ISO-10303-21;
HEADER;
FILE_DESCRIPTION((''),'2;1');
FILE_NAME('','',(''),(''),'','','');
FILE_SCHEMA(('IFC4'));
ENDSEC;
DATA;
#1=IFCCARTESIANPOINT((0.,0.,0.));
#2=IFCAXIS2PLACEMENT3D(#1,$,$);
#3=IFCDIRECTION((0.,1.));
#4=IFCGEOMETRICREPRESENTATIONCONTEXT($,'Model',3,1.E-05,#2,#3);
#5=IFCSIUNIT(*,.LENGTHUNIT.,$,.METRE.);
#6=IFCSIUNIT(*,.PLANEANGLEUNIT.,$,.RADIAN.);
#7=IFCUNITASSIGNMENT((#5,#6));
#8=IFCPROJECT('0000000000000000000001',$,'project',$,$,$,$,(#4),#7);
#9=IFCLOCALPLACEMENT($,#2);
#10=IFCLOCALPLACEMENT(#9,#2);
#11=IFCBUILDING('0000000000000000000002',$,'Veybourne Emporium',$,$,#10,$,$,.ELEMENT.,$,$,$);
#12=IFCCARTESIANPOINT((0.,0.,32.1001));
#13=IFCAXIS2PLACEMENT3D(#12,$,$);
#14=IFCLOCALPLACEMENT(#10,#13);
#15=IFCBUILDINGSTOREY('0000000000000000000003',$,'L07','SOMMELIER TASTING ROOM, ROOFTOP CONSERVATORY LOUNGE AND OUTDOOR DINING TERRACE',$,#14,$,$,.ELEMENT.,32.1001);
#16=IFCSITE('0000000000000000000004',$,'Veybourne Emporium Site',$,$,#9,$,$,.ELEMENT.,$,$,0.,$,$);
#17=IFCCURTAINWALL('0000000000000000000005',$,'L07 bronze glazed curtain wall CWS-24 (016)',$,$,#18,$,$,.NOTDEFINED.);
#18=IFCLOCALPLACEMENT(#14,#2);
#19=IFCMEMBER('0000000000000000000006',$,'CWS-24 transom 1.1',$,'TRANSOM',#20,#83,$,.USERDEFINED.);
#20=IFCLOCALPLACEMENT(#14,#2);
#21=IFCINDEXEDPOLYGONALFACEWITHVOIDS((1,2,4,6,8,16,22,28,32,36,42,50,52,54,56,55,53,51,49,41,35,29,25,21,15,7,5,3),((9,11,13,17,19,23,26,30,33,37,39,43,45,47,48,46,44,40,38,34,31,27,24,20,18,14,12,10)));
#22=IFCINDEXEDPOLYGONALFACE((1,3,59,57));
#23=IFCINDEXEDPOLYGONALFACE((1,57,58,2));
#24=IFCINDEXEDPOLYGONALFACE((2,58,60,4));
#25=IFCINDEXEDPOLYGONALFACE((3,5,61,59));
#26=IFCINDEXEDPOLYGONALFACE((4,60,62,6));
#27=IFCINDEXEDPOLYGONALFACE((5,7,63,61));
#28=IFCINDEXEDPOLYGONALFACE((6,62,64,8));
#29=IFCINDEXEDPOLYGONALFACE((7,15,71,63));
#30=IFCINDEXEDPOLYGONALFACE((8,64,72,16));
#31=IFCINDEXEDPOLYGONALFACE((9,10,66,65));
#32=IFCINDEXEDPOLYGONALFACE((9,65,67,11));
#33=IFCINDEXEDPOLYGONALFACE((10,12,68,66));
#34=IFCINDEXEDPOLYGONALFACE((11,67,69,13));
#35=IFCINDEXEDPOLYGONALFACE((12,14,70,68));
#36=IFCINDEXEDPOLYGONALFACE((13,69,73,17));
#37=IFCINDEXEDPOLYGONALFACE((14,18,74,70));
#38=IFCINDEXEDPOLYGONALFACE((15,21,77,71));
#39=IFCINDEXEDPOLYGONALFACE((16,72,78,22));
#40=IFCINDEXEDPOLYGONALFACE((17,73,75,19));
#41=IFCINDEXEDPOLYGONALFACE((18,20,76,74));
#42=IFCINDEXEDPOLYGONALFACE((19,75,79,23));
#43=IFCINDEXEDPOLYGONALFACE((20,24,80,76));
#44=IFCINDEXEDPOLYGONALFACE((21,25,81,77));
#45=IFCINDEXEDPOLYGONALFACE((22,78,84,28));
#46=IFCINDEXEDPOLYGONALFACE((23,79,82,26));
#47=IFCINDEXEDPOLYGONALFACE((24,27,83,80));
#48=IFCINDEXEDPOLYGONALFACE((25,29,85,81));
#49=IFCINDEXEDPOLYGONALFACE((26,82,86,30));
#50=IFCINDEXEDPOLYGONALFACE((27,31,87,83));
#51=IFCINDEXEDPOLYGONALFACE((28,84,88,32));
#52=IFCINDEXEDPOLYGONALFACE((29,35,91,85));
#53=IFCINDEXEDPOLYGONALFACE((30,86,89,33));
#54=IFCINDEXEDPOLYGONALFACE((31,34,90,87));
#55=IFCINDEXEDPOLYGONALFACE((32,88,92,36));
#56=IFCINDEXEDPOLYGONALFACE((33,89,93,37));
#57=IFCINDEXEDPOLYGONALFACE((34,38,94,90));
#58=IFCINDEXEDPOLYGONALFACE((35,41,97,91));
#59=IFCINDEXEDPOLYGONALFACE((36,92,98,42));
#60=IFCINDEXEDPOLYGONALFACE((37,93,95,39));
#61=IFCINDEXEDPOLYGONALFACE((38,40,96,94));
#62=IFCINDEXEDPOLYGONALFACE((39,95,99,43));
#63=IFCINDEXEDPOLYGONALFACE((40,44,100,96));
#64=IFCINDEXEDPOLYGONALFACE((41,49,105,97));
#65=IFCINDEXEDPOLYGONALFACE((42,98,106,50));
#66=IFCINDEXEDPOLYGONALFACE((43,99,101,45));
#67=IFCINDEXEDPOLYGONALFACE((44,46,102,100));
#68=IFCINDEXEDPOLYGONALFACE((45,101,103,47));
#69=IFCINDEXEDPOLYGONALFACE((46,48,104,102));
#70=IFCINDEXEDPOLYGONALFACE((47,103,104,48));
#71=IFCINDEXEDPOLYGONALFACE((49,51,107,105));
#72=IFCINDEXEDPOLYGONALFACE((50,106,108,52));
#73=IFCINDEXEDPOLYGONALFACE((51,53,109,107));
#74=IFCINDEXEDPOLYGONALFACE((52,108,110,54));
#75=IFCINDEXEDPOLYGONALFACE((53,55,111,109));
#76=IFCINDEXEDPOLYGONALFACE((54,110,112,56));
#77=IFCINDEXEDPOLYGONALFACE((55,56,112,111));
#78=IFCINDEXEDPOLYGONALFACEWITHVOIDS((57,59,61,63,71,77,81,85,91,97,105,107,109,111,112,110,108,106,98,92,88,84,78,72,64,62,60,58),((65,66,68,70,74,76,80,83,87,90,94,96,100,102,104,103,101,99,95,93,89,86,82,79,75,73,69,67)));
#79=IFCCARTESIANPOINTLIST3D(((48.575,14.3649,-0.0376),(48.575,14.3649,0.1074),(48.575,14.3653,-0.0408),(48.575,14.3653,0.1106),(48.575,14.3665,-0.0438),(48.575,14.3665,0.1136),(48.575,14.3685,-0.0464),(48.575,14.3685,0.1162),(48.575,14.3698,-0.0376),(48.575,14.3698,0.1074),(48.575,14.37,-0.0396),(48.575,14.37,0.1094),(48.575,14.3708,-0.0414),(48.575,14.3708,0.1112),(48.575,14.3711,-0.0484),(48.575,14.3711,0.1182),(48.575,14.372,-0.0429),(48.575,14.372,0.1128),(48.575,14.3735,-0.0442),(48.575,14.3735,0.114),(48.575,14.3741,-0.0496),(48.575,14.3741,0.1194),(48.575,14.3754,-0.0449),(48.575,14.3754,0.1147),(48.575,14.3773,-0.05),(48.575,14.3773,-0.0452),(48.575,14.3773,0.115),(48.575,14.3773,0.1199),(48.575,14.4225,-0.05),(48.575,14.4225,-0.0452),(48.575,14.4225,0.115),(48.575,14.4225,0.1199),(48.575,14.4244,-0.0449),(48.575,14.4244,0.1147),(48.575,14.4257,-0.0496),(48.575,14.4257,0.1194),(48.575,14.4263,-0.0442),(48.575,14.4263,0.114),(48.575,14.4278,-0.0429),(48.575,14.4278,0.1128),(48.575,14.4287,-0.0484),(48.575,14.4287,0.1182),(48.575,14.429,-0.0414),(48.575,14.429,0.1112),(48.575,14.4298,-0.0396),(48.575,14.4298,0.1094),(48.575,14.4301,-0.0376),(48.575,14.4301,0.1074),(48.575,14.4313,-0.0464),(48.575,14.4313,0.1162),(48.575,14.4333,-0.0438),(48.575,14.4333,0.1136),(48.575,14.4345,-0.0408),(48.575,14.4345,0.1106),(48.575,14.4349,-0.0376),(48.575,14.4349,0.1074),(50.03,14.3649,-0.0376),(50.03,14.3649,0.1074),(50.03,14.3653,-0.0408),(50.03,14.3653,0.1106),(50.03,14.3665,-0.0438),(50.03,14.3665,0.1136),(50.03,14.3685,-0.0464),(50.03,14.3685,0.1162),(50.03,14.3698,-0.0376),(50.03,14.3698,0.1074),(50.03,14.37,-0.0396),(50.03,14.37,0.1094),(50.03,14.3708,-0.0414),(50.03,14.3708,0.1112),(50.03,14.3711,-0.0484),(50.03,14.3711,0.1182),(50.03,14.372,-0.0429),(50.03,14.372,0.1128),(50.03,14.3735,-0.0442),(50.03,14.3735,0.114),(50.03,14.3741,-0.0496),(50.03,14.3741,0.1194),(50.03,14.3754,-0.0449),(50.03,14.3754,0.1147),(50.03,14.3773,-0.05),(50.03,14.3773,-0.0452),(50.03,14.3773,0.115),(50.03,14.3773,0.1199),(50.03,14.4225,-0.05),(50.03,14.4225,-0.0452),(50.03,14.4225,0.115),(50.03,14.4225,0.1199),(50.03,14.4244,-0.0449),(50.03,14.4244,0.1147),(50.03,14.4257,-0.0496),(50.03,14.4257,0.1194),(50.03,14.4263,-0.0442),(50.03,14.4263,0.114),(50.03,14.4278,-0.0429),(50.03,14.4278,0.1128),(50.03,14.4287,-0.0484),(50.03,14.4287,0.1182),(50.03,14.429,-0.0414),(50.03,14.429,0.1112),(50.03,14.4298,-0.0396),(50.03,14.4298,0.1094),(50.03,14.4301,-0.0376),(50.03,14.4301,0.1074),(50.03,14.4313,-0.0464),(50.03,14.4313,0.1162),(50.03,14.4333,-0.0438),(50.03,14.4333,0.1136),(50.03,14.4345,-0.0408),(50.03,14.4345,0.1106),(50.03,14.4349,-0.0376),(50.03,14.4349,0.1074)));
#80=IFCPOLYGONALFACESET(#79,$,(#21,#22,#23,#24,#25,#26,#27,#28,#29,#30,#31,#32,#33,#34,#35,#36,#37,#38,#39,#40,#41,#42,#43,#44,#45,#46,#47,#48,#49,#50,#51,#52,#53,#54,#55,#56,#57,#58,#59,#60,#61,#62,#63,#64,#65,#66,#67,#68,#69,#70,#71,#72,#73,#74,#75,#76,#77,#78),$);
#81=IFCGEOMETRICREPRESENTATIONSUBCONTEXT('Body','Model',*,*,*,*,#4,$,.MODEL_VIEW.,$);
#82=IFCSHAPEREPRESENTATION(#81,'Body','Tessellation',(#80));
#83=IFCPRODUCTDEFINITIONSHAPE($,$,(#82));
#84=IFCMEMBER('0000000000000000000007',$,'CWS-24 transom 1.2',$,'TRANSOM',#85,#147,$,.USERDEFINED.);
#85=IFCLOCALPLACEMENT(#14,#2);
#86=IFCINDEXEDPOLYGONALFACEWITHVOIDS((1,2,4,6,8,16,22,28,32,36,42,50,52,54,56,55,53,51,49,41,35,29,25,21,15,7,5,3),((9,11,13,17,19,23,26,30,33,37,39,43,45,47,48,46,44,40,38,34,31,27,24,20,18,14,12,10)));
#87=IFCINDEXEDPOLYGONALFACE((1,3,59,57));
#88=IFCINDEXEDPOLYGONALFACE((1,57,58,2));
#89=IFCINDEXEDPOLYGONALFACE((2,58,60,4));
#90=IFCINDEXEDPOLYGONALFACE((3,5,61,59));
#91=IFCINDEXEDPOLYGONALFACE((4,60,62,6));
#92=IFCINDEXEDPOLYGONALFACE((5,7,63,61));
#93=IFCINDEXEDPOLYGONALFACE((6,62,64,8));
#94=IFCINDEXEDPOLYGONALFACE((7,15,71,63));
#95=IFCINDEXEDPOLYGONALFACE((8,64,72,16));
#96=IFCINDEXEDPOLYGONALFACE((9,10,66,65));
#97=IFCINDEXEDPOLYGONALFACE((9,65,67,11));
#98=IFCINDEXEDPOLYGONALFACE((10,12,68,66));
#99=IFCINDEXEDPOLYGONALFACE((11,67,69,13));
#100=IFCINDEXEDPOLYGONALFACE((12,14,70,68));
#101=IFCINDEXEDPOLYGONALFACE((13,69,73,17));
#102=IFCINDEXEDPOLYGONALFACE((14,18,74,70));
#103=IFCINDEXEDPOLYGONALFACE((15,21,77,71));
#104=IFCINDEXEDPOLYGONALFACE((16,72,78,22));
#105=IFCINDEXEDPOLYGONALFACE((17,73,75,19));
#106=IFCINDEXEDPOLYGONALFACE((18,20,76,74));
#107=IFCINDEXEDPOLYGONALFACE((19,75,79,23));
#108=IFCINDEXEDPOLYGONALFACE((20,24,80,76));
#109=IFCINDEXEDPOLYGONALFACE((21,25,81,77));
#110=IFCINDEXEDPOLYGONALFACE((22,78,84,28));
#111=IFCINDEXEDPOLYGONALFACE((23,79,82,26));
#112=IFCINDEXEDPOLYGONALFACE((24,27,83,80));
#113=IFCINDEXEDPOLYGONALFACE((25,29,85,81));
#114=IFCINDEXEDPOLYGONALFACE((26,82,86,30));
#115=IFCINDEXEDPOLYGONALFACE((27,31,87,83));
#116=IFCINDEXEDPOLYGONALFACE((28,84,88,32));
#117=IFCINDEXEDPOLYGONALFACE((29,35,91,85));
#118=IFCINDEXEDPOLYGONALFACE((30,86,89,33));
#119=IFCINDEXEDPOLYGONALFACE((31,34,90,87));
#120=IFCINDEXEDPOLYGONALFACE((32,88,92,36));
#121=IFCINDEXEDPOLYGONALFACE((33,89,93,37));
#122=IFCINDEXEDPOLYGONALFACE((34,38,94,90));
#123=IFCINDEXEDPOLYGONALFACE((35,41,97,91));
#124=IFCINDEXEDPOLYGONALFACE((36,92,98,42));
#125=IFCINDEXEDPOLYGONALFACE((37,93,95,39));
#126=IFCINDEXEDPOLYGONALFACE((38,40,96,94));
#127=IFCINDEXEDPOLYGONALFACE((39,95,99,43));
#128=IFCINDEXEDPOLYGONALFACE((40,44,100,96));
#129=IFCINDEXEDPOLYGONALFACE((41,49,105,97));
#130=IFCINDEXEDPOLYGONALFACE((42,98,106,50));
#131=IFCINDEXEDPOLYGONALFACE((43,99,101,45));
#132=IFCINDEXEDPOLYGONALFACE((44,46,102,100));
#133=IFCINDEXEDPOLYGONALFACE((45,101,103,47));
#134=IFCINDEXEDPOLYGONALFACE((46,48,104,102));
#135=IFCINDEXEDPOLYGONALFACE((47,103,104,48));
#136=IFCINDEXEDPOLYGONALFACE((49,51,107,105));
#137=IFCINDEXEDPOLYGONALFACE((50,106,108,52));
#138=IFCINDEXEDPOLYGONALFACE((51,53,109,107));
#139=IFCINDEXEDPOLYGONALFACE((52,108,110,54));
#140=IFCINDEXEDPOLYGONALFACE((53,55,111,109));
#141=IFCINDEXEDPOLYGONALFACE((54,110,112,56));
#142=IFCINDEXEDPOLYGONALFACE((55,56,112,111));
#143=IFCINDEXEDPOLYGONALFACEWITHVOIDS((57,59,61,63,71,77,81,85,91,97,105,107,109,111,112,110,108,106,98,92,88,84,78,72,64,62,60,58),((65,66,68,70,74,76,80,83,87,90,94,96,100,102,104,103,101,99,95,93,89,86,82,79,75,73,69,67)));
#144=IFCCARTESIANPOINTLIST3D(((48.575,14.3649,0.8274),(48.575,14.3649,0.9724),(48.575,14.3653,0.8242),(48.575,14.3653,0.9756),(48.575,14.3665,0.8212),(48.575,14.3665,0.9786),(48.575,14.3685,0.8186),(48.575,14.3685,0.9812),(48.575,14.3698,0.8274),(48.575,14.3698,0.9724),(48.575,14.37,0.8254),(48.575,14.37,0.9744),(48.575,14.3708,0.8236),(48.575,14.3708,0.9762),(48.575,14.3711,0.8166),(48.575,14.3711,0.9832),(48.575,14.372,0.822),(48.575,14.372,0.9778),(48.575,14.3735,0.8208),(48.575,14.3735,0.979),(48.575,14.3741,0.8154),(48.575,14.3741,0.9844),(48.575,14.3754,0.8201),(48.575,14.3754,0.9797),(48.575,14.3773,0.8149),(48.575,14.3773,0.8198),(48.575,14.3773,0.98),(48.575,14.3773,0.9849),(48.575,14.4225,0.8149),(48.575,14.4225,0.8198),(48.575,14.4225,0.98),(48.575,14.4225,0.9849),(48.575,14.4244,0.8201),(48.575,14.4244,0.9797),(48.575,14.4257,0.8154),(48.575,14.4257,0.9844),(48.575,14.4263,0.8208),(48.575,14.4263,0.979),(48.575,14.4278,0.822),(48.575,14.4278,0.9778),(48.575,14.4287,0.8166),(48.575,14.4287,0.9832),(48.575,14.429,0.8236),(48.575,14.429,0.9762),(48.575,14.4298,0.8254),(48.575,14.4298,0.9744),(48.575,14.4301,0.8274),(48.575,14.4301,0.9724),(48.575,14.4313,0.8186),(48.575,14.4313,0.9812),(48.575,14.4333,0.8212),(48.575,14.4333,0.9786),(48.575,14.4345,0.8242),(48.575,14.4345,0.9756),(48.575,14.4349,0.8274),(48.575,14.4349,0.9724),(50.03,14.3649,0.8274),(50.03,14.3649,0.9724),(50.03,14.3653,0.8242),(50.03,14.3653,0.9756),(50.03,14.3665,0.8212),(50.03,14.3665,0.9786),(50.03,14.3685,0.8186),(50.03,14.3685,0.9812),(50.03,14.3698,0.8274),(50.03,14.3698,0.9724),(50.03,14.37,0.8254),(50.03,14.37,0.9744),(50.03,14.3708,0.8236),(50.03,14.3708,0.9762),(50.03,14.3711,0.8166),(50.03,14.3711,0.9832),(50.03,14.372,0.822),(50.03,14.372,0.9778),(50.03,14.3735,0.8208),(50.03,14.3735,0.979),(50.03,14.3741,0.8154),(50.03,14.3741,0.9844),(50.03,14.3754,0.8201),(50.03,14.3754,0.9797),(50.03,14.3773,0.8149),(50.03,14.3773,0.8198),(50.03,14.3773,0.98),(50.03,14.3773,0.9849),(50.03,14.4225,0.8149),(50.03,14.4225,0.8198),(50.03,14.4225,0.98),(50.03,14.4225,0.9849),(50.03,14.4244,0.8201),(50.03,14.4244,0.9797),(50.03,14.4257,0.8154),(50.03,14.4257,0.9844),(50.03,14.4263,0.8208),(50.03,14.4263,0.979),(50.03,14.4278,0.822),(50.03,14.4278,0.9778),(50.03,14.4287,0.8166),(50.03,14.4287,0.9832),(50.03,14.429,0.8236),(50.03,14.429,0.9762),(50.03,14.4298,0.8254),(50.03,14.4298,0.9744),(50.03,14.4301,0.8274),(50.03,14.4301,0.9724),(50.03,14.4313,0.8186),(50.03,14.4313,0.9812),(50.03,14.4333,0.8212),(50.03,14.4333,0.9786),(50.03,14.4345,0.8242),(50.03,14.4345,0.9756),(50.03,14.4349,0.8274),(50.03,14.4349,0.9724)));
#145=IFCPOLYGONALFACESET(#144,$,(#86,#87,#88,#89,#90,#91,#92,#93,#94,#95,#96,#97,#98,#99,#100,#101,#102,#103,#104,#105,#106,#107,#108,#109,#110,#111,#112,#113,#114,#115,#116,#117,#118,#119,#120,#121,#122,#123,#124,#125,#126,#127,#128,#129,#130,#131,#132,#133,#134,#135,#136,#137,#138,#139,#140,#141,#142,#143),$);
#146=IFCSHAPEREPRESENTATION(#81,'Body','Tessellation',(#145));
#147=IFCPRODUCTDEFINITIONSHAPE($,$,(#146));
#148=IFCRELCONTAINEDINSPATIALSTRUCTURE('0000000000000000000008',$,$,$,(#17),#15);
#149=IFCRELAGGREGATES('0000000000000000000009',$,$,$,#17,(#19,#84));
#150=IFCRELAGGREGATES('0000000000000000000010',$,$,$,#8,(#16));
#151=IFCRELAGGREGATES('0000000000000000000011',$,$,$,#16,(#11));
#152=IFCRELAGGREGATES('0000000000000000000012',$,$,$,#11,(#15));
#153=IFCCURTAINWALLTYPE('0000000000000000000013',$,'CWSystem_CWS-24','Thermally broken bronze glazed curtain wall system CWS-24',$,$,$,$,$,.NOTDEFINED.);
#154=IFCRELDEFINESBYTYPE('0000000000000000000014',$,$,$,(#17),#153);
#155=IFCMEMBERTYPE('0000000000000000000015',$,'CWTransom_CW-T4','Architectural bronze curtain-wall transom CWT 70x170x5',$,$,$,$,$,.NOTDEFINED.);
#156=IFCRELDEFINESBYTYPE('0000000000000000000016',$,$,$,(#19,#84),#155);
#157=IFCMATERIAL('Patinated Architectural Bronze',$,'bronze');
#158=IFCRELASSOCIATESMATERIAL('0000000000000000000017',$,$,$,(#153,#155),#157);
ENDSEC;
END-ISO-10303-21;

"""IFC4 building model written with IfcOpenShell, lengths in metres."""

from ifc_helpers import new_model, si_unit, direction, frame, origin, origin_2d, place, context, subcontext, project, spatial, hollow_rectangle, extrude, material, material_profile, profile_set, type_object, element, aggregate, save


model = new_model("IFC4")

# Units and contexts
model_context = context("Model", 3, precision=1e-05, world=origin(), true_north=direction((0.0, 1.0)))
body_context = subcontext(model_context, "Body", "Model", "MODEL_VIEW")
ifc_project = project(units=[si_unit("LENGTHUNIT", "METRE"), si_unit("PLANEANGLEUNIT", "RADIAN")], contexts=[model_context])

# Site, building, storey
site_placement = place(None, origin())
site = spatial("IfcSite", under=ifc_project, at=site_placement, Name="Veybourne Emporium Site", CompositionType="ELEMENT", RefElevation=0.0)
building_placement = place(site_placement, origin())
building = spatial("IfcBuilding", under=site, at=building_placement, Name="Veybourne Emporium", CompositionType="ELEMENT")
storey_placement = place(building_placement, frame((0.0, 0.0, 32.1001)))
storey = spatial("IfcBuildingStorey", under=building, at=storey_placement, Name="L07", Description="SOMMELIER TASTING ROOM, ROOFTOP CONSERVATORY LOUNGE AND OUTDOOR DINING TERRACE", CompositionType="ELEMENT", Elevation=32.1001)

# Curtain wall, members
ifc_material_1 = material(Name="Patinated Architectural Bronze", Category="bronze")
curtain_wall_type = type_object("IfcCurtainWallType", Name="CWSystem_CWS-24", Description="Thermally broken bronze glazed curtain wall system CWS-24", PredefinedType="NOTDEFINED", material=ifc_material_1)
curtain_wall_placement = place(storey_placement, origin())
curtain_wall = element("IfcCurtainWall", 1, at=curtain_wall_placement, inside=storey, type_object=curtain_wall_type, Name="L07 bronze glazed curtain wall CWS-24 (016)", PredefinedType="NOTDEFINED")
ifc_material_profile_1 = material_profile(ifc_material_1, hollow_rectangle(XDim=0.0701, YDim=0.1699, WallThickness=0.0049, InnerFilletRadius=0.0076, OuterFilletRadius=0.0125, at=origin_2d()), Name="CWT 70x170x5")
ifc_profile_set_1 = profile_set([ifc_material_profile_1], Name="Patinated Architectural Bronze")
member_type_1 = type_object("IfcMemberType", Name="CWTransom_CW-T4", Description="Architectural bronze curtain-wall transom CWT 70x170x5", PredefinedType="NOTDEFINED", material=ifc_profile_set_1)
member_1_placement = place(storey_placement, frame((50.03, 14.3999, 0.0349), z_axis=(-1.0, 0.0, 0.0), x_axis=(0.0, -1.0, 0.0)))
member_1 = element("IfcMember", 2, at=member_1_placement, type_object=member_type_1, Name="CWS-24 transom 1.1", ObjectType="TRANSOM", PredefinedType="USERDEFINED", context=body_context, shape_type="SweptSolid", body=[
    extrude(hollow_rectangle(XDim=0.0701, YDim=0.1699, WallThickness=0.0049, InnerFilletRadius=0.0076, OuterFilletRadius=0.0125, at=origin_2d()), origin(), (0.0, 0.0, 1.0), 1.4551),
])
member_2_placement = place(storey_placement, frame((50.03, 14.3999, 0.8999), z_axis=(-1.0, 0.0, 0.0), x_axis=(0.0, -1.0, 0.0)))
member_2 = element("IfcMember", 3, at=member_2_placement, type_object=member_type_1, Name="CWS-24 transom 1.2", ObjectType="TRANSOM", PredefinedType="USERDEFINED", context=body_context, shape_type="SweptSolid", body=[
    extrude(hollow_rectangle(XDim=0.0701, YDim=0.1699, WallThickness=0.0049, InnerFilletRadius=0.0076, OuterFilletRadius=0.0125, at=origin_2d()), origin(), (0.0, 0.0, 1.0), 1.4551),
])
aggregate(curtain_wall, [member_1, member_2])

save(model, "model.ifc")
